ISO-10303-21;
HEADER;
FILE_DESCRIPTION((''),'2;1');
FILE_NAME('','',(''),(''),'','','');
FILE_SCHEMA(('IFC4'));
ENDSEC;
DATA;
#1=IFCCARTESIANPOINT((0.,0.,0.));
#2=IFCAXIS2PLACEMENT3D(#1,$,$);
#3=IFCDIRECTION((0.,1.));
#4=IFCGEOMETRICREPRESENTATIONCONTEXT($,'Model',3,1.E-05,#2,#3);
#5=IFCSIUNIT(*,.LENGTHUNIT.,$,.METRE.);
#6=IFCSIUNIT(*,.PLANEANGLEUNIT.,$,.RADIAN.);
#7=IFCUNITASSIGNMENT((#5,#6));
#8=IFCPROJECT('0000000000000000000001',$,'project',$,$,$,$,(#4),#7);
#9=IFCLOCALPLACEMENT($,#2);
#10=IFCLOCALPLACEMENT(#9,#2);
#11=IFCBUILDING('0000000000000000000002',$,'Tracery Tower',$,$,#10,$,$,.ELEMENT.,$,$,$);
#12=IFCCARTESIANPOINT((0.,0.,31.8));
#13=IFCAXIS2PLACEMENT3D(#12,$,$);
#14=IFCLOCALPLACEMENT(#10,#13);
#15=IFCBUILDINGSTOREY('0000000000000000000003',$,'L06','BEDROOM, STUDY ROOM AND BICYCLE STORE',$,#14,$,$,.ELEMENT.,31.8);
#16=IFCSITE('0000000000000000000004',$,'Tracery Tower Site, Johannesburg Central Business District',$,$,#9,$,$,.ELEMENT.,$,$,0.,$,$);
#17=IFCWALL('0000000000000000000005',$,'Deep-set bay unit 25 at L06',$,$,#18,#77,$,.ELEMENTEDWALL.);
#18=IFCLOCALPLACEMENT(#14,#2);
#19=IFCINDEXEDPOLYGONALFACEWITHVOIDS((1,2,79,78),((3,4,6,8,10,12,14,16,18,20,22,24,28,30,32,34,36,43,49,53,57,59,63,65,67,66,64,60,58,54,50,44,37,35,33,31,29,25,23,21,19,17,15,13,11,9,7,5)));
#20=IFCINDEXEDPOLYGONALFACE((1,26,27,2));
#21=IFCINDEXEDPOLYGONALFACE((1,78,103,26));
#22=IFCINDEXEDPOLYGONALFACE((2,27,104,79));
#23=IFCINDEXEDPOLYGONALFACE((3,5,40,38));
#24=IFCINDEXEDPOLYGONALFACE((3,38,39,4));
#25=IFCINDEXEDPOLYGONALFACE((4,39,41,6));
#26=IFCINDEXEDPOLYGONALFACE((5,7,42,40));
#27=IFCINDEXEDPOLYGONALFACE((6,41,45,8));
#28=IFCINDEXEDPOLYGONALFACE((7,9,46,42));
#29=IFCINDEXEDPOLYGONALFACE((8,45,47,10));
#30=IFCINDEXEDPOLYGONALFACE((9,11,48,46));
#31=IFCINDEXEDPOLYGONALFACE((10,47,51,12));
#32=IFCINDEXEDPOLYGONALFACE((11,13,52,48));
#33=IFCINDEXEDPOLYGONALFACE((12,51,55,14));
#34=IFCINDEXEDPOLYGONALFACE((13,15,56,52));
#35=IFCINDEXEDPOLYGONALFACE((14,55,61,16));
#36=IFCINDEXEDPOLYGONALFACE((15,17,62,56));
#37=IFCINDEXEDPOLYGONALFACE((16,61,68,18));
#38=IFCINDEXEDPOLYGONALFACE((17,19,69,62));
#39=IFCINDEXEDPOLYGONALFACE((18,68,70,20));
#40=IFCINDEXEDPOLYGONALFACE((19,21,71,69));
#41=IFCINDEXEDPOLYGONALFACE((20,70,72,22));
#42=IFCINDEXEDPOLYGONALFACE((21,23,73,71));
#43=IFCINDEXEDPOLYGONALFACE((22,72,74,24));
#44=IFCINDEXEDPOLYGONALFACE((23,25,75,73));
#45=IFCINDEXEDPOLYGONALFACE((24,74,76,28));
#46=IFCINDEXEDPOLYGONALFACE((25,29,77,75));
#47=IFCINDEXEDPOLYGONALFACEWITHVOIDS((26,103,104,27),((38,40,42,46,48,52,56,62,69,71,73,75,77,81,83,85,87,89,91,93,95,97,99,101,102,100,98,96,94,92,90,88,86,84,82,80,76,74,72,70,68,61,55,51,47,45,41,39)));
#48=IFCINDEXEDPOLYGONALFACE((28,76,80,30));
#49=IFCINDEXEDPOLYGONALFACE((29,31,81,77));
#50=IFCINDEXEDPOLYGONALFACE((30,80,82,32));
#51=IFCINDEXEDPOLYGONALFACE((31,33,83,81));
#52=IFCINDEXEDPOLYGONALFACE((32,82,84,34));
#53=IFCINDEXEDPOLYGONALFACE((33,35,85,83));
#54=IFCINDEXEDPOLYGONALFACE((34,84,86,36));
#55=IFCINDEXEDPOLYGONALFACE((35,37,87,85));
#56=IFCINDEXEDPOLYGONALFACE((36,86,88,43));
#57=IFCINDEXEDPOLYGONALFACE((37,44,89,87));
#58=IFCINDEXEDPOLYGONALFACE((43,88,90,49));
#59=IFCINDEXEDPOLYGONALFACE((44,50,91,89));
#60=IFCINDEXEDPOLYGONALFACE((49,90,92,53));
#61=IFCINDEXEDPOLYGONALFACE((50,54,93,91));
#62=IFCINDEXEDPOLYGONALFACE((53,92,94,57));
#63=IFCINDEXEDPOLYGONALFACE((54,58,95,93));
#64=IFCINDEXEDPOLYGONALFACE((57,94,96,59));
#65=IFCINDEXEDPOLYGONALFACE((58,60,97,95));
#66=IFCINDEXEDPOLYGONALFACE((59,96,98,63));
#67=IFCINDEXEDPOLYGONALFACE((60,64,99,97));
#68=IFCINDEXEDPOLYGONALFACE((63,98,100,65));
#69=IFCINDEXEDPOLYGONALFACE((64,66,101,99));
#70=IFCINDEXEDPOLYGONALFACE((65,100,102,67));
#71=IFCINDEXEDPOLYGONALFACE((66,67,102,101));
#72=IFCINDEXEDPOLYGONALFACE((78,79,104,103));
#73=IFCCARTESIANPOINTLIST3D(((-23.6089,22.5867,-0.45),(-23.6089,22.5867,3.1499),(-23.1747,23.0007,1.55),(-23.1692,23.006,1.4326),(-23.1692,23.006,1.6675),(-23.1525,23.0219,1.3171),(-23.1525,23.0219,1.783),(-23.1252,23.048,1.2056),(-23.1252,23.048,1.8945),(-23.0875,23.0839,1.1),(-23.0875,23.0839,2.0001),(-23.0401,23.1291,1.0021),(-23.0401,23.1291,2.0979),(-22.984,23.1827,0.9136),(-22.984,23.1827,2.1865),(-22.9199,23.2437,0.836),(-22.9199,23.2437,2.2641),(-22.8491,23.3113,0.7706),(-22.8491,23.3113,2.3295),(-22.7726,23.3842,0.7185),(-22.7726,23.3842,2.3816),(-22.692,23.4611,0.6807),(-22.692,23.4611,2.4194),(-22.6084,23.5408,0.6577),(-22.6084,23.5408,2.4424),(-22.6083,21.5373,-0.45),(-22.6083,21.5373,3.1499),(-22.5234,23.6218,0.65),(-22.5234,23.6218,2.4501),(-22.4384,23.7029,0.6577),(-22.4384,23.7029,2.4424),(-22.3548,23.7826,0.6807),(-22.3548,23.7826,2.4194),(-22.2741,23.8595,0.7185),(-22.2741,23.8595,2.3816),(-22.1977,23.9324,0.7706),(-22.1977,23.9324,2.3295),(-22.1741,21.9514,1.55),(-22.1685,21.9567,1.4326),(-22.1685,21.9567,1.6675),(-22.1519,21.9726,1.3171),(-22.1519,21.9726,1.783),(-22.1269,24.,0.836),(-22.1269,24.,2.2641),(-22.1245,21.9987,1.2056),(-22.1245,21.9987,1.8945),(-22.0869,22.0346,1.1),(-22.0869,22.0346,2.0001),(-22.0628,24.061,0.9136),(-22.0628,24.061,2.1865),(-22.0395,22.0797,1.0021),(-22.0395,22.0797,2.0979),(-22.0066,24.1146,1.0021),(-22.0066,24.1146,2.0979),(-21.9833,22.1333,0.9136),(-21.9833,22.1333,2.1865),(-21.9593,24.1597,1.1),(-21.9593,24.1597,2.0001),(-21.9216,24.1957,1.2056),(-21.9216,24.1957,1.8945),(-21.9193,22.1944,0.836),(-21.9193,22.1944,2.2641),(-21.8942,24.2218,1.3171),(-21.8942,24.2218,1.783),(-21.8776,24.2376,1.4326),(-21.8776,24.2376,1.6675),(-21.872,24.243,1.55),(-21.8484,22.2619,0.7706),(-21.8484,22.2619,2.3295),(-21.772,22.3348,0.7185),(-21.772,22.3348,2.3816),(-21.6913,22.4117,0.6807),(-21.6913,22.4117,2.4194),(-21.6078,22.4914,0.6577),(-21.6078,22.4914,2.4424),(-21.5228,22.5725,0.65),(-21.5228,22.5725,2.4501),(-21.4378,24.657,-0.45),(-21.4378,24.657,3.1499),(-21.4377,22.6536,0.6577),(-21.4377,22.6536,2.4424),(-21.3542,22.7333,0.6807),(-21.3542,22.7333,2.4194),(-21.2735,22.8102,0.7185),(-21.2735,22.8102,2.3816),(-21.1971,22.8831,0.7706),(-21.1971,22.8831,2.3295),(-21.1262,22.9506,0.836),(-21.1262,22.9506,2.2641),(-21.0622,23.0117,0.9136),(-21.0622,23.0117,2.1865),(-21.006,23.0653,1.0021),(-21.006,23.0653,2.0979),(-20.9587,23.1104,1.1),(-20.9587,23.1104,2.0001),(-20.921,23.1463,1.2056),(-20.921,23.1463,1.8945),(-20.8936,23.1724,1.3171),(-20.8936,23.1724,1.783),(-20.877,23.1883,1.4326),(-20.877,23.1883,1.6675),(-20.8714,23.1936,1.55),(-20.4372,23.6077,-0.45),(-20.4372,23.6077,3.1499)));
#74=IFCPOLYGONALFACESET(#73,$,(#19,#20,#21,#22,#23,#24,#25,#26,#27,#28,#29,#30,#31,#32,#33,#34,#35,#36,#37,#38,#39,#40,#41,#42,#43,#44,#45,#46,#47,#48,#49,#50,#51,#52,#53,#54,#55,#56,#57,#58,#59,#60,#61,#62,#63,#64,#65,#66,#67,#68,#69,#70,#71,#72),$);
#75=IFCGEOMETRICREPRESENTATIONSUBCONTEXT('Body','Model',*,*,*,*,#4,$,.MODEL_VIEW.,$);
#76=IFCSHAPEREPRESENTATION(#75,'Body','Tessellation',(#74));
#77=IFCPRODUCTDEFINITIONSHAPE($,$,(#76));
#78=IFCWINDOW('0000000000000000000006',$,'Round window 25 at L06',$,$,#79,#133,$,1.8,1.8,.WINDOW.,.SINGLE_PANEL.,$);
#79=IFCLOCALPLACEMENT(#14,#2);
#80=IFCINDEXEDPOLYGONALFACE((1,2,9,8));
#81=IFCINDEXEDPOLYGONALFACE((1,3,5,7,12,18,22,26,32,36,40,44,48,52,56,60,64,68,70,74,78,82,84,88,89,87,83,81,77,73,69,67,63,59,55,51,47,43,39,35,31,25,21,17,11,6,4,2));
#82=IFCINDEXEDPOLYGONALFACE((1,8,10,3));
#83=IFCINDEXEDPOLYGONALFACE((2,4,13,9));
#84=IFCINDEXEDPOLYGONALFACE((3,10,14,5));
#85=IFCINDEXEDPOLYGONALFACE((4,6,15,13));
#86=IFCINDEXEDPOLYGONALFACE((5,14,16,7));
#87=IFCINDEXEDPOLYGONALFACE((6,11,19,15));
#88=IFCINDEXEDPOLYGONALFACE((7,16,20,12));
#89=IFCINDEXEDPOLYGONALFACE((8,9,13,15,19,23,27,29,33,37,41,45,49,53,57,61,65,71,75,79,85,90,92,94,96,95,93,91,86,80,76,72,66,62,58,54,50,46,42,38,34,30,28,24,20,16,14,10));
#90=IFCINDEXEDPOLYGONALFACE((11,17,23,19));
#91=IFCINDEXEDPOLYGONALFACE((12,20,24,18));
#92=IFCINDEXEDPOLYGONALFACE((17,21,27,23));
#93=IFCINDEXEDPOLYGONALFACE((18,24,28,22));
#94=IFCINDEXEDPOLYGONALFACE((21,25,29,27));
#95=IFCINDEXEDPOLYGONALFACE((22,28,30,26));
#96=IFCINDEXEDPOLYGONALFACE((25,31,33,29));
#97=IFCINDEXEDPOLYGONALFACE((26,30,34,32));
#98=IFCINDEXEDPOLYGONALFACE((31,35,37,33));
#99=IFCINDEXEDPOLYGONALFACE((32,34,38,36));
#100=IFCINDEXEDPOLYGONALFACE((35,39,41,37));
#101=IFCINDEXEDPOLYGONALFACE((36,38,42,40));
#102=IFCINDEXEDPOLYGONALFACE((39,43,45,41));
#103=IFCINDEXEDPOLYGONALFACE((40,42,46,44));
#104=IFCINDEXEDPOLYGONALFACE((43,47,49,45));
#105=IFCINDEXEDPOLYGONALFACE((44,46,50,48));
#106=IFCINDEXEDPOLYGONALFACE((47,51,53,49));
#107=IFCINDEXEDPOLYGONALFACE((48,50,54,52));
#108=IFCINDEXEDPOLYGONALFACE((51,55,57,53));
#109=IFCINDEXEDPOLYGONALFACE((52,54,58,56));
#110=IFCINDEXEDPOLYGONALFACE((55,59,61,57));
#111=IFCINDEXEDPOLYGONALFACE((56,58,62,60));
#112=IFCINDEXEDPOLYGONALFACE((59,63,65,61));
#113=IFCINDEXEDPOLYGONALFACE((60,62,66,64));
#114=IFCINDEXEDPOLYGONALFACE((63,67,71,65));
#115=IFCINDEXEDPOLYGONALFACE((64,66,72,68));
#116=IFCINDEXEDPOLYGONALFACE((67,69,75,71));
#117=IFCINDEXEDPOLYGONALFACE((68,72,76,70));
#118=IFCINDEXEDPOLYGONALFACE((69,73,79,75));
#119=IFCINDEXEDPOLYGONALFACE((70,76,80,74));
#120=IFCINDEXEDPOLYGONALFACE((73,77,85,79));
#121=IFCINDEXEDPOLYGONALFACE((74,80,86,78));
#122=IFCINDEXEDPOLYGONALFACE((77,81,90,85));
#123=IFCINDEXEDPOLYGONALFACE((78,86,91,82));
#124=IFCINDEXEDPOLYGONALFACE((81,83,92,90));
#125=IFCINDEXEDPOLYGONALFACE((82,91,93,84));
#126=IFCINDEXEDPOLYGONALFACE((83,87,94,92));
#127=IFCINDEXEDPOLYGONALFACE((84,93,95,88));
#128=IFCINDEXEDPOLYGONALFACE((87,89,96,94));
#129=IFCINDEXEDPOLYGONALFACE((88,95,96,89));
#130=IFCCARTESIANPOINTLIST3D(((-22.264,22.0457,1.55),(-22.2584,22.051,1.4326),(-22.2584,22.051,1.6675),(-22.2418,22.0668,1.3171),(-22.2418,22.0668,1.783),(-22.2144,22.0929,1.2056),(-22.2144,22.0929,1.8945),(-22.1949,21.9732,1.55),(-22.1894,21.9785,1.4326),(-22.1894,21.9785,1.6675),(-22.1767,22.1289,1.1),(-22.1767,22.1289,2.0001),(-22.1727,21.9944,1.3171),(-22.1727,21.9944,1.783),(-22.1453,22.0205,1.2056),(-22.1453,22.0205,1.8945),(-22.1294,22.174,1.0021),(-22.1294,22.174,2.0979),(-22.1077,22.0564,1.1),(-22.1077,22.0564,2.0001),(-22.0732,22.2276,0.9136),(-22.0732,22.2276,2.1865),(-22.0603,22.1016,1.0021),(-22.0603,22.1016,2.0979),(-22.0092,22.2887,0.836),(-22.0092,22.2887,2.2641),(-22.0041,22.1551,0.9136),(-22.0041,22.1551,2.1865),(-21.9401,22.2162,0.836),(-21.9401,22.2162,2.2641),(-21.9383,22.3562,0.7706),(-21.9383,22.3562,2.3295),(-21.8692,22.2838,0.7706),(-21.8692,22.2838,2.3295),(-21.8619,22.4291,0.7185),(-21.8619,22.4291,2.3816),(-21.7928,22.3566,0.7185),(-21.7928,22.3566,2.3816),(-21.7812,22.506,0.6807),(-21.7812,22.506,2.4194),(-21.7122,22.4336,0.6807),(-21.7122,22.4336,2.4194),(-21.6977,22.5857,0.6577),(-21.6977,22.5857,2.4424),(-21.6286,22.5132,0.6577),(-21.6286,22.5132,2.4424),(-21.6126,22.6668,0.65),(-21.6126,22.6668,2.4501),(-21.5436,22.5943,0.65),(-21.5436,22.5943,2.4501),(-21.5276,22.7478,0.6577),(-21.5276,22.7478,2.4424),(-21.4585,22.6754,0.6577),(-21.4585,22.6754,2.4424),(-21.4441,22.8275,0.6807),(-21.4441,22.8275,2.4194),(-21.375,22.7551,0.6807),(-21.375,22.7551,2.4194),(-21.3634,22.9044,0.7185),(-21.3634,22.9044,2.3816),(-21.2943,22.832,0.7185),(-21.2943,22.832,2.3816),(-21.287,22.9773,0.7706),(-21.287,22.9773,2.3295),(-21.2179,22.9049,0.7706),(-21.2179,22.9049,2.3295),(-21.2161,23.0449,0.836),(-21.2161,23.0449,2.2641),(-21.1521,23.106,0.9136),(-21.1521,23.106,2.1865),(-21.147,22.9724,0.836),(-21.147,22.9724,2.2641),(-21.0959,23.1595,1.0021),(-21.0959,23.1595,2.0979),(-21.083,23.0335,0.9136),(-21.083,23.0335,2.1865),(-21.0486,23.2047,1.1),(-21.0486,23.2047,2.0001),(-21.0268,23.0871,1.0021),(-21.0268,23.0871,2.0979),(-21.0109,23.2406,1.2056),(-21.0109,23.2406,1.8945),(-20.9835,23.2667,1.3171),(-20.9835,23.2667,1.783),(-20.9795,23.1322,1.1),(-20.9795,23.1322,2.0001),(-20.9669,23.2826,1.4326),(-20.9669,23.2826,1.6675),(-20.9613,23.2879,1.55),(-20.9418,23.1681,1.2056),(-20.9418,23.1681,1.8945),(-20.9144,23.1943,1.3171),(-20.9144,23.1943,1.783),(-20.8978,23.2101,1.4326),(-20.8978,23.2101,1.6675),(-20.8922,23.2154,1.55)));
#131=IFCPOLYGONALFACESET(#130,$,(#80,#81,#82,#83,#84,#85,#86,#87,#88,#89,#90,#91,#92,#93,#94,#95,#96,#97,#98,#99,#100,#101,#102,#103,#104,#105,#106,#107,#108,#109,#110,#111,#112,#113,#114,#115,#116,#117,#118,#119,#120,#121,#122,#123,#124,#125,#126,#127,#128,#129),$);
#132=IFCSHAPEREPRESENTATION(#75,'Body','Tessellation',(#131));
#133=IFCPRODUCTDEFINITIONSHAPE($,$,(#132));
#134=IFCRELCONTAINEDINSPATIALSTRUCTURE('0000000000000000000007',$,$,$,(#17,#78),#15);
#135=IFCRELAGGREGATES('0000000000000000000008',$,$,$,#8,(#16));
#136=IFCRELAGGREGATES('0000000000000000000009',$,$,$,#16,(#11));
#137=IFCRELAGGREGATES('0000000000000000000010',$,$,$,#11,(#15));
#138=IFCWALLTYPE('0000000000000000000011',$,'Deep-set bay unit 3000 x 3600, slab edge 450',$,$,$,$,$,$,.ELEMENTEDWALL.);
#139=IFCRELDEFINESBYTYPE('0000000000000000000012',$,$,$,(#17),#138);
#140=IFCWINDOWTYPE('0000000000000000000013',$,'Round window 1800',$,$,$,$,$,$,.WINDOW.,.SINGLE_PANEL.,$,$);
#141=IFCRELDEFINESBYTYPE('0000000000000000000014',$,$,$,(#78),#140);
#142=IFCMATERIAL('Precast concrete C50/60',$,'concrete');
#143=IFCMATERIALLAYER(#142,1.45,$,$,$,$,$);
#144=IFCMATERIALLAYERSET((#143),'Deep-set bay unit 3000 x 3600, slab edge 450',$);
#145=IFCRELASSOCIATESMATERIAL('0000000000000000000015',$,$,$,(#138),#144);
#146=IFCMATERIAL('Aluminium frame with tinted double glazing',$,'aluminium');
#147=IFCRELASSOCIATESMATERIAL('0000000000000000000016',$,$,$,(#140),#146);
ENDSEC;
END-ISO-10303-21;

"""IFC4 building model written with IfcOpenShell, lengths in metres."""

from ifc_helpers import new_model, si_unit, direction, frame, frame_2d, origin, origin_2d, place, context, subcontext, project, spatial, rectangle, circle, extrude, material, layer, layer_set, type_object, element, fill, save


model = new_model("IFC4")

# Units and contexts
model_context = context("Model", 3, precision=1e-05, world=origin(), true_north=direction((0.0, 1.0)))
body_context = subcontext(model_context, "Body", "Model", "MODEL_VIEW")
ifc_project = project(units=[si_unit("LENGTHUNIT", "METRE"), si_unit("PLANEANGLEUNIT", "RADIAN")], contexts=[model_context])

# Site, building, storey
site_placement = place(None, origin())
site = spatial("IfcSite", under=ifc_project, at=site_placement, Name="Tracery Tower Site, Johannesburg Central Business District", CompositionType="ELEMENT", RefElevation=0.0)
building_placement = place(site_placement, origin())
building = spatial("IfcBuilding", under=site, at=building_placement, Name="Tracery Tower", CompositionType="ELEMENT")
storey_placement = place(building_placement, frame((0.0, 0.0, 31.8)))
storey = spatial("IfcBuildingStorey", under=building, at=storey_placement, Name="L06", Description="BEDROOM, STUDY ROOM AND BICYCLE STORE", CompositionType="ELEMENT", Elevation=31.8)

# Wall, opening, window
ifc_material_1 = material(Name="Precast concrete C50/60", Category="concrete")
ifc_layer_1 = layer(ifc_material_1, 1.45)
ifc_layer_set_1 = layer_set([ifc_layer_1], Name="Deep-set bay unit 3000 x 3600, slab edge 450")
wall_type_1 = type_object("IfcWallType", Name="Deep-set bay unit 3000 x 3600, slab edge 450", PredefinedType="ELEMENTEDWALL", material=ifc_layer_set_1)
wall_1_placement = place(storey_placement, frame((-20.9375, 24.1323, -0.45), z_axis=(0.0, 0.0, 1.0), x_axis=(-0.723712, -0.690102, 0.0)))
wall_1 = element("IfcWall", 1, at=wall_1_placement, inside=storey, type_object=wall_type_1, Name="Deep-set bay unit 25 at L06", PredefinedType="ELEMENTEDWALL", context=body_context, shape_type="SweptSolid", body=[
    extrude(rectangle(XDim=3.0, YDim=1.45, at=frame_2d((1.5, 0.0))), origin(), (0.0, 0.0, 1.0), 3.5999),
])
opening_1_placement = place(wall_1_placement, frame((1.5, 0.0, 2.0)))
opening_1 = element("IfcOpeningElement", 2, at=opening_1_placement, cuts=wall_1, PredefinedType="OPENING", context=body_context, shape_type="SweptSolid", body=[
    extrude(circle(Radius=0.9, at=origin_2d()), frame((0.0, 0.7349, 0.0), z_axis=(0.0, -1.0, 0.0), x_axis=(1.0, 0.0, 0.0)), (0.0, 0.0, 1.0), 1.47),
])
ifc_material_2 = material(Name="Aluminium frame with tinted double glazing", Category="aluminium")
window_type = type_object("IfcWindowType", Name="Round window 1800", PartitioningType="SINGLE_PANEL", PredefinedType="WINDOW", material=ifc_material_2)
window_1_placement = place(opening_1_placement, origin())
window_1 = element("IfcWindow", 3, at=window_1_placement, inside=storey, type_object=window_type, Name="Round window 25 at L06", OverallHeight=1.8, OverallWidth=1.8, PartitioningType="SINGLE_PANEL", PredefinedType="WINDOW", context=body_context, shape_type="SweptSolid", body=[
    extrude(circle(Radius=0.9, at=origin_2d()), frame((0.0, 0.6948, 0.0), z_axis=(0.0, -1.0, 0.0), x_axis=(1.0, 0.0, 0.0)), (0.0, 0.0, 1.0), 0.1001),
])
fill(opening_1, window_1)

save(model, "model.ifc")
